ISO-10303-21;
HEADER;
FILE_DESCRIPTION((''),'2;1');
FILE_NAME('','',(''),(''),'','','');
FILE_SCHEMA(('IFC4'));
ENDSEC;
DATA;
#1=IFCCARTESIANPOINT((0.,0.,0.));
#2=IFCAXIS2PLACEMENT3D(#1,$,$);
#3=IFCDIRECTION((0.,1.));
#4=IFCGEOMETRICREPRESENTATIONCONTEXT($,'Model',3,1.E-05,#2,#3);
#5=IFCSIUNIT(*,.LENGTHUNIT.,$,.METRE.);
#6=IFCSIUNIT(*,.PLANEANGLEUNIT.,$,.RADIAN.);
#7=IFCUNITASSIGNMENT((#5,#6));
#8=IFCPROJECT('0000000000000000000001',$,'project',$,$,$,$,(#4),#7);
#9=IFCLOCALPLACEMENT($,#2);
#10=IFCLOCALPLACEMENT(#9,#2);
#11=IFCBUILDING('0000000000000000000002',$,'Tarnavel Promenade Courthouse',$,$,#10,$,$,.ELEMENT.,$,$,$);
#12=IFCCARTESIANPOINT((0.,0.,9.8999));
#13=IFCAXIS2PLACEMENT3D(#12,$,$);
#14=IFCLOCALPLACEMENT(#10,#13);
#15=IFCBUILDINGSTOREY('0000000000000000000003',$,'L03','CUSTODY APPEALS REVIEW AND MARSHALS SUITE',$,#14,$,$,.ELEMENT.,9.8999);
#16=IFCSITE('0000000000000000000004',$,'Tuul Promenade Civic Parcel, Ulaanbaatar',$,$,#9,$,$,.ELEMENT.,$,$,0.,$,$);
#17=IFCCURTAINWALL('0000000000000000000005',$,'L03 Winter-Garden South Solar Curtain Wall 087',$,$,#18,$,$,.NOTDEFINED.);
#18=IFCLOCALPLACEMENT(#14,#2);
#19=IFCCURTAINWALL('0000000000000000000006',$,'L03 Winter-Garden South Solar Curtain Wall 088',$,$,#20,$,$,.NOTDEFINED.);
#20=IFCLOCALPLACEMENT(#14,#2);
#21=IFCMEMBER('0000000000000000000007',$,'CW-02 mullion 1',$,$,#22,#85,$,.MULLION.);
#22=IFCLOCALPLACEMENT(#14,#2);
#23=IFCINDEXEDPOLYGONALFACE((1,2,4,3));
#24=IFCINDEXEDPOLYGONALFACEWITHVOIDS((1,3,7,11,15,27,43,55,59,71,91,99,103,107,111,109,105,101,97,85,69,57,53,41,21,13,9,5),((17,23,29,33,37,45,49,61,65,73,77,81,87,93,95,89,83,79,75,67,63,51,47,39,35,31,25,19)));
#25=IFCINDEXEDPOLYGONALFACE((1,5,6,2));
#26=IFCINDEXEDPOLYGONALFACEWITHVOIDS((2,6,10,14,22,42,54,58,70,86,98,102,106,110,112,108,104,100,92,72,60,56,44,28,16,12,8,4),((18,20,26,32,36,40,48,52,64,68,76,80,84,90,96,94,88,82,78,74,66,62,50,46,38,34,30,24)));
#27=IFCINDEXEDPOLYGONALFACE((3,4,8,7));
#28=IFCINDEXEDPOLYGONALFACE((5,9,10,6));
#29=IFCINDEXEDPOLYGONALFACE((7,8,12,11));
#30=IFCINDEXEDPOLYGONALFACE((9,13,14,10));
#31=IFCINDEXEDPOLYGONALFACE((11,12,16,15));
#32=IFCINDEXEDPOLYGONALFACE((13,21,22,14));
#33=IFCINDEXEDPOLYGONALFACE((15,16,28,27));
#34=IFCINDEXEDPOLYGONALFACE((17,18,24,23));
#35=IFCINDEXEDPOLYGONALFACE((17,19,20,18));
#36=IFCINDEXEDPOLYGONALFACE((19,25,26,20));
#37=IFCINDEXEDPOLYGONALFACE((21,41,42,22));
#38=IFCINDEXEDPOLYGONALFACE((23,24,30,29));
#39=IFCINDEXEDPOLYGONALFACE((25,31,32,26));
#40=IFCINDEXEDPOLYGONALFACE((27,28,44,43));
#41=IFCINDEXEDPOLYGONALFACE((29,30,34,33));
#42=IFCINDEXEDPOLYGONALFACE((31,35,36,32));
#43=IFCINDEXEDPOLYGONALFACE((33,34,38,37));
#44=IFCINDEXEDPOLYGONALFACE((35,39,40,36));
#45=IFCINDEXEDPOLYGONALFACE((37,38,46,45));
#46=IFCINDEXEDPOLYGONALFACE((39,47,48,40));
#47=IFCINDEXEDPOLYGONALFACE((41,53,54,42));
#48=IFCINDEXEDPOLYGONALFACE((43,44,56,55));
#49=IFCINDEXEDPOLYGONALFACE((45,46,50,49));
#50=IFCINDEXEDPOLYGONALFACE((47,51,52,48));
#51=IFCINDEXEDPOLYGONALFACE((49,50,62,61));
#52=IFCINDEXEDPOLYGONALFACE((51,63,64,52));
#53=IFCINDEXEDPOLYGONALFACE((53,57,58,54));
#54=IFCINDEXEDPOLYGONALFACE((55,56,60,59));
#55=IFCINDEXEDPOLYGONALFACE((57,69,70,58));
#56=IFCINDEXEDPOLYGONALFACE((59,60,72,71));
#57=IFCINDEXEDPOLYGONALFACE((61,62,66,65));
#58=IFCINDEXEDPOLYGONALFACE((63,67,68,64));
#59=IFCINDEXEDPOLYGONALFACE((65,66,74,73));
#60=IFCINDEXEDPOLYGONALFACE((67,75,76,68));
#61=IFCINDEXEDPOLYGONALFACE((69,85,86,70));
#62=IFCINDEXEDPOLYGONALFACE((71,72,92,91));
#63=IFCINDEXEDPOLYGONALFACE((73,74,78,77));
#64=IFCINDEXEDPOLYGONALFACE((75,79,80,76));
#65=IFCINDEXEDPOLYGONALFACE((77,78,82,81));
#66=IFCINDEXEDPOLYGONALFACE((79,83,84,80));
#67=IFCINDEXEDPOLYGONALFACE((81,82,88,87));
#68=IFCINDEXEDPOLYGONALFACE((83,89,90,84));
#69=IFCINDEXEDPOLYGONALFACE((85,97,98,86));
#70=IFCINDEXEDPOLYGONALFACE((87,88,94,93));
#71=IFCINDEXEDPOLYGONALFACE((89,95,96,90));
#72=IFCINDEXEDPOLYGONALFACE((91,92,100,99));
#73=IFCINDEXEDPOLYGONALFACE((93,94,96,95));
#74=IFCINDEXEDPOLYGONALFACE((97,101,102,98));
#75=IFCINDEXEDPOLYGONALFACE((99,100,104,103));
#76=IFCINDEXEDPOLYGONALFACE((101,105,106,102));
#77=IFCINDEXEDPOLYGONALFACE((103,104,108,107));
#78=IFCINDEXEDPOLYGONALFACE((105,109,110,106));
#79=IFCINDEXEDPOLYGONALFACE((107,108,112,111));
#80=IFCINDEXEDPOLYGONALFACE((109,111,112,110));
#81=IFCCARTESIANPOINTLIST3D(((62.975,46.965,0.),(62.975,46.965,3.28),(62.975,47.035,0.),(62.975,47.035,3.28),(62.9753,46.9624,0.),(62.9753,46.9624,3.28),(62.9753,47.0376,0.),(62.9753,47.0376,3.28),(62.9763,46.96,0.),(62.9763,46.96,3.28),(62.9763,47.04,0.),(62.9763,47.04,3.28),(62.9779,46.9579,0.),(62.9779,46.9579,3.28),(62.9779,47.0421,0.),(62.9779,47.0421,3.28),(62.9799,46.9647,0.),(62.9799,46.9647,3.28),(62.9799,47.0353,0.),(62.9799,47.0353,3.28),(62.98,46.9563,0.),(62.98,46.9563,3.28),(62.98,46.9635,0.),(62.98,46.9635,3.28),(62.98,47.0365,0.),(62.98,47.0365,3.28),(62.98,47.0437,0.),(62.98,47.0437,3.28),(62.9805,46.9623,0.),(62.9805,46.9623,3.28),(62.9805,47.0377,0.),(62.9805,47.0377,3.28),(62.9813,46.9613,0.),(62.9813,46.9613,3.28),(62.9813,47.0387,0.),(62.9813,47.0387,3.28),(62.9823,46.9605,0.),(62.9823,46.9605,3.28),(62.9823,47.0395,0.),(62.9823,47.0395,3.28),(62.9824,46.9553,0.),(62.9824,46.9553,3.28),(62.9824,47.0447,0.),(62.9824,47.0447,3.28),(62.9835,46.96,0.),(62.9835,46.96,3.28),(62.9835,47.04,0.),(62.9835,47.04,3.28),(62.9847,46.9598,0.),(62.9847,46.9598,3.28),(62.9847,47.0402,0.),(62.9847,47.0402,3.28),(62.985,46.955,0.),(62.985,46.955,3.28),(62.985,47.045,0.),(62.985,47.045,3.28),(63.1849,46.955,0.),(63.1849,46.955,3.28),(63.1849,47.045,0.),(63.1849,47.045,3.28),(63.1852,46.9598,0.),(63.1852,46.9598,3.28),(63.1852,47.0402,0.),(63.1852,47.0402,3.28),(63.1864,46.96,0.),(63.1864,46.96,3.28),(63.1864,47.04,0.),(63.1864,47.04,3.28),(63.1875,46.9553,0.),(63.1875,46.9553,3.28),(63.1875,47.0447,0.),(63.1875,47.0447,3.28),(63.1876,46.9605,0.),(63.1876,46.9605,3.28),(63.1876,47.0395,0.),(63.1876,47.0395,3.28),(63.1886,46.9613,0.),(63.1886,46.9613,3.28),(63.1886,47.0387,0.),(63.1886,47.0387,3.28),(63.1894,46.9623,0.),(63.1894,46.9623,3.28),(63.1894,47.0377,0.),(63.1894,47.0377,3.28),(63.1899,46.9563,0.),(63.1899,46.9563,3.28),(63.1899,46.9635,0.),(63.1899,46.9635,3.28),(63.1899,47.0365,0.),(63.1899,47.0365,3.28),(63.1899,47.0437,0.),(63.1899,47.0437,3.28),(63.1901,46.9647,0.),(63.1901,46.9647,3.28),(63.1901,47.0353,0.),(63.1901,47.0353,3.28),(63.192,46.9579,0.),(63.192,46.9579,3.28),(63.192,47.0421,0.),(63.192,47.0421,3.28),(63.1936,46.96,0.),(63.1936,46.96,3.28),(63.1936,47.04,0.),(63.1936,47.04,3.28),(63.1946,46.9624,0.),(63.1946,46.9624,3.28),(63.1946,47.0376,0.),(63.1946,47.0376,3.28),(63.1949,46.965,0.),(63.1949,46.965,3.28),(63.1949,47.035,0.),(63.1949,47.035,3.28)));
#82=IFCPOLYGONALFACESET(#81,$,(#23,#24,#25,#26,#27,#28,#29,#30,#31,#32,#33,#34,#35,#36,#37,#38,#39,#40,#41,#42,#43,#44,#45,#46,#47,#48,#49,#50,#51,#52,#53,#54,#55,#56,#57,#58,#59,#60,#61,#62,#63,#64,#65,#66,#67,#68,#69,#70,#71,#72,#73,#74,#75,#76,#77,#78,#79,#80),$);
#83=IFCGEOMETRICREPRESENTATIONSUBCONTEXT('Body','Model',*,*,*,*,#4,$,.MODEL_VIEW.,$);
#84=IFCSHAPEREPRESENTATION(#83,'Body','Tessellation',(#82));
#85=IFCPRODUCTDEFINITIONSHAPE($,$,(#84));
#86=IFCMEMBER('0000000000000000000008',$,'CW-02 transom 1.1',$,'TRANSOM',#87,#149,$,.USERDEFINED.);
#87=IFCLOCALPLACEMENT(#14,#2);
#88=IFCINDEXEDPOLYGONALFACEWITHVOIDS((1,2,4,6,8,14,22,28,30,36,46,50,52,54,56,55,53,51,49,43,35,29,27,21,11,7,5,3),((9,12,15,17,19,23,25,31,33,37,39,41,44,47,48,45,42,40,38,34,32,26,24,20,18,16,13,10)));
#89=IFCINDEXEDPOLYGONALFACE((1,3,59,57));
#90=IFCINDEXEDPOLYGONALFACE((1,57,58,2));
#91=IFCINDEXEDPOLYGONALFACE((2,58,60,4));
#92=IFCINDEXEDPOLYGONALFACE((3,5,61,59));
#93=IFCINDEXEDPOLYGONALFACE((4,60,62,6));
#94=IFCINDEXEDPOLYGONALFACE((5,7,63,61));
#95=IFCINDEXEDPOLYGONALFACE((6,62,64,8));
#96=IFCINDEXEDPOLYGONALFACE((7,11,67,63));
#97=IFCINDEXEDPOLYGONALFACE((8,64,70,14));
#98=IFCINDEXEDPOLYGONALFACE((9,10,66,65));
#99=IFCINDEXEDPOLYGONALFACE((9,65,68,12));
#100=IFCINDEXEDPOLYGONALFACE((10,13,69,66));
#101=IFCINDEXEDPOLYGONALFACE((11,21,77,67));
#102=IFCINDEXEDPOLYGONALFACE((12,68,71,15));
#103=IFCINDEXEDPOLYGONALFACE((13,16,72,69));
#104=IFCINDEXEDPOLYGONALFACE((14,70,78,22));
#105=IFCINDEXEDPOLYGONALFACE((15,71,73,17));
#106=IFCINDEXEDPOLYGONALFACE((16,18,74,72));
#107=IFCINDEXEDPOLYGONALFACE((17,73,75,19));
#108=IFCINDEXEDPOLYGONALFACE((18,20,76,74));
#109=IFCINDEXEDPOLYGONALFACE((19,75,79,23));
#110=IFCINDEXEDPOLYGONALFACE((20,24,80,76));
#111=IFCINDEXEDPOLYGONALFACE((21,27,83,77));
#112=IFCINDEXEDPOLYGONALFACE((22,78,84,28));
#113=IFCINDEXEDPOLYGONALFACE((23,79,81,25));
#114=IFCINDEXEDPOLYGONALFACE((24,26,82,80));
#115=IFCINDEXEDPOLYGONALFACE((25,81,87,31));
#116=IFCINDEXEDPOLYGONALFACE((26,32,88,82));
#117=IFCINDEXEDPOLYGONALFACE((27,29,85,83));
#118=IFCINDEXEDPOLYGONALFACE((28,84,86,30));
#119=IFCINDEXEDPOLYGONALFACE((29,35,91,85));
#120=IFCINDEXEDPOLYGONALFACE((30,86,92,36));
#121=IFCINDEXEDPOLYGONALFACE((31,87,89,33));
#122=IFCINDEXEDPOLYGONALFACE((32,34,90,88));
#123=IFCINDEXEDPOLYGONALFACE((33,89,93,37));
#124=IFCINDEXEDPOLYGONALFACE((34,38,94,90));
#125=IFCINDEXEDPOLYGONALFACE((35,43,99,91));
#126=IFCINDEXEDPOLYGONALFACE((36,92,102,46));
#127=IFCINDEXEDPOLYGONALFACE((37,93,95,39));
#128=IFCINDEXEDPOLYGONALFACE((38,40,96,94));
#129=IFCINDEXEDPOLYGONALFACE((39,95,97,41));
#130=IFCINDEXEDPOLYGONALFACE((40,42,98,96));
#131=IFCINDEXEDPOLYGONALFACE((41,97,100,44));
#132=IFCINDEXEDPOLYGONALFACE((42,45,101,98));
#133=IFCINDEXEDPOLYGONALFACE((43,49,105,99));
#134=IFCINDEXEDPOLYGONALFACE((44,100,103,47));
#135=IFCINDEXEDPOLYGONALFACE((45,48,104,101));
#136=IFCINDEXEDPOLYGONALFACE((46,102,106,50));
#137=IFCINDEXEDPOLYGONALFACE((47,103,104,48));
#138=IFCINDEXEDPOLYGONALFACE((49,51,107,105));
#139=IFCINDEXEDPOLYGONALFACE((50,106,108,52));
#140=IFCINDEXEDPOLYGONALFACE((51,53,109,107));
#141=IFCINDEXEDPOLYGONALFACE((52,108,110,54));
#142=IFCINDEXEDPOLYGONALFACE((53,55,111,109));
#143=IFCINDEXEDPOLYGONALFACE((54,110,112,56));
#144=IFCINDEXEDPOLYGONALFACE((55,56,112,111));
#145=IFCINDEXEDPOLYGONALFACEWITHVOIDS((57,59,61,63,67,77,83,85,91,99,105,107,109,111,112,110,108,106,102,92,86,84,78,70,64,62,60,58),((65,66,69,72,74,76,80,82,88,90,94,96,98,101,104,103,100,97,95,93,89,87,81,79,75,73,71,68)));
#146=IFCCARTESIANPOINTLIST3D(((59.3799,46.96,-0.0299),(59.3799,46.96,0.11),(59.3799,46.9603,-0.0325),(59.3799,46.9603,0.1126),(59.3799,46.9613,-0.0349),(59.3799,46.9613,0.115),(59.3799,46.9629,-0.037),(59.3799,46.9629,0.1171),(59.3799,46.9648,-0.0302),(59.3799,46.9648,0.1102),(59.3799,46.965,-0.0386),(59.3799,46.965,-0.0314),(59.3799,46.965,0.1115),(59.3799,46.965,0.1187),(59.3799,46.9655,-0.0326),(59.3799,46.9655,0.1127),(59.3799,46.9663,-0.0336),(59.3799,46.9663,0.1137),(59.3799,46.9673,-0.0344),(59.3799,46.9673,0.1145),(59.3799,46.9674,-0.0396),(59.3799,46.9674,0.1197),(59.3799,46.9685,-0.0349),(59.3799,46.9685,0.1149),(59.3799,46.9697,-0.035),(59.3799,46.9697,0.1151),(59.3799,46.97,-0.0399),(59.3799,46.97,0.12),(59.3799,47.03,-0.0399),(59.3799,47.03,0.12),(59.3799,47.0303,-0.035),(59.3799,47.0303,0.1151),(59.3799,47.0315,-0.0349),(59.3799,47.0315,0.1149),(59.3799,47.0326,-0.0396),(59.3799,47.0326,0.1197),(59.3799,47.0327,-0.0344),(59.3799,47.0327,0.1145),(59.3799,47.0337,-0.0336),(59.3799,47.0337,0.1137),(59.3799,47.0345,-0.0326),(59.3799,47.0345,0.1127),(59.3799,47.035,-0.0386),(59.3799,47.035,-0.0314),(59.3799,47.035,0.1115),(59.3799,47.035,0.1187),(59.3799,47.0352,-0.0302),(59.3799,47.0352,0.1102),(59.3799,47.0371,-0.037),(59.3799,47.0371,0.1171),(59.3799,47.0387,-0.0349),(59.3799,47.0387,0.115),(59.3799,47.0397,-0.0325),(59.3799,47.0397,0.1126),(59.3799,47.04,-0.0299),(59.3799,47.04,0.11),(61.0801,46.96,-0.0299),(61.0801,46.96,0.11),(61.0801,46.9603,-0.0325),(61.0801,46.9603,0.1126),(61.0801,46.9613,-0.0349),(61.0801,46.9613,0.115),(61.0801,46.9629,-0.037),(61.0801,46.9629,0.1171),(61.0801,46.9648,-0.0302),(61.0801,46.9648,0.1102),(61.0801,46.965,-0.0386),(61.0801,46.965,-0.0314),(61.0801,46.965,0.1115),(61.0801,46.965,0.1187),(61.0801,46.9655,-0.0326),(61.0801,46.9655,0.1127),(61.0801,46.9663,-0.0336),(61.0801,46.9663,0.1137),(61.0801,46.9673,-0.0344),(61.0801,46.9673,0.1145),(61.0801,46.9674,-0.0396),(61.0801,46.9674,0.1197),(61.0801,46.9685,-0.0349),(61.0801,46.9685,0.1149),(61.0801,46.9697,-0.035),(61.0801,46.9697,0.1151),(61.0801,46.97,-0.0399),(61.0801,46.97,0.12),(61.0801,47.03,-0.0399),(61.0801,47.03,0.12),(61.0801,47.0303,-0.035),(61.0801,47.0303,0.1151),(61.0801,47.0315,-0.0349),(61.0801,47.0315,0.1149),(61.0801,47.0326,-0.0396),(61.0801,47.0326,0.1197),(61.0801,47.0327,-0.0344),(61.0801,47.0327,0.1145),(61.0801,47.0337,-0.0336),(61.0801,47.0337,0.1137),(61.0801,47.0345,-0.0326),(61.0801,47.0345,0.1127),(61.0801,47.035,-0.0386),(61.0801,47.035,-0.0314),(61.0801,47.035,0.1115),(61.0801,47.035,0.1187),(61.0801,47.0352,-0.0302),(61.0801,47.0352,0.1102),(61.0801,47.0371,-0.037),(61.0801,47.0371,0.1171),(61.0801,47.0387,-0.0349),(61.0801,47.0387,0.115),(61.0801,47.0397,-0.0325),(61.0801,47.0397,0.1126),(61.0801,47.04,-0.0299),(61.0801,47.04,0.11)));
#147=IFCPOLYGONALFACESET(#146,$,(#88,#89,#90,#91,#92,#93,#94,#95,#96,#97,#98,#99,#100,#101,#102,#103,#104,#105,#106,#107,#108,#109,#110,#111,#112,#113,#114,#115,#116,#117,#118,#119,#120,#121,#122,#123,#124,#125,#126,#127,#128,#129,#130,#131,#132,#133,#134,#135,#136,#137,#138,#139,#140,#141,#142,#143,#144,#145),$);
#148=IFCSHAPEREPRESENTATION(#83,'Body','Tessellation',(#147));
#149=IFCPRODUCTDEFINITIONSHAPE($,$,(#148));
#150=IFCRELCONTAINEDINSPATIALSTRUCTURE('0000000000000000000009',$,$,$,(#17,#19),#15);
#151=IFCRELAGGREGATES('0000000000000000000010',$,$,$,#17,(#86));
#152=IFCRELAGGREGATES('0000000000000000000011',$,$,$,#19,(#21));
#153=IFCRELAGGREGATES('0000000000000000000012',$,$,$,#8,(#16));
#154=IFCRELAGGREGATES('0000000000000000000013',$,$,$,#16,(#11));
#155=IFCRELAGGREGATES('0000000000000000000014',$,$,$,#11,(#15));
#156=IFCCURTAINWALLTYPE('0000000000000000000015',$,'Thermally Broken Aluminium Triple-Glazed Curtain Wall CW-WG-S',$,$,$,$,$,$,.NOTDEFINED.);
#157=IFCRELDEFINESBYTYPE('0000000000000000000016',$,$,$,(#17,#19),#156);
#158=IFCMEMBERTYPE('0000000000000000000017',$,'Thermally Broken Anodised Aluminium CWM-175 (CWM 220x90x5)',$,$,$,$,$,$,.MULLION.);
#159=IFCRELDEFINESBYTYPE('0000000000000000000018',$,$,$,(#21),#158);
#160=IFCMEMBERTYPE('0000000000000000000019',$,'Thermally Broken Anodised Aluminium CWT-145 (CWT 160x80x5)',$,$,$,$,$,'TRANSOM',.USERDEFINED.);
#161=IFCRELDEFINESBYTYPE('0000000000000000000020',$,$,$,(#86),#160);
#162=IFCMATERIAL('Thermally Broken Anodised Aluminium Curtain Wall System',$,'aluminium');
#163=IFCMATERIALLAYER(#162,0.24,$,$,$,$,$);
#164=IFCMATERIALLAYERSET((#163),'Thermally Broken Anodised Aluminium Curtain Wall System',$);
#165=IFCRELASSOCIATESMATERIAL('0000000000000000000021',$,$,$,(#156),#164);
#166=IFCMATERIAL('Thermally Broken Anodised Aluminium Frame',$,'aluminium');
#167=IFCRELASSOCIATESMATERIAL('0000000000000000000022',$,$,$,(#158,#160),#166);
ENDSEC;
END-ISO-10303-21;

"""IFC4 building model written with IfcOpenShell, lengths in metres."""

from ifc_helpers import new_model, si_unit, direction, frame, origin, origin_2d, place, context, subcontext, project, spatial, hollow_rectangle, extrude, material, layer, layer_set, material_profile, profile_set, type_object, element, aggregate, save


model = new_model("IFC4")

# Units and contexts
model_context = context("Model", 3, precision=1e-05, world=origin(), true_north=direction((0.0, 1.0)))
body_context = subcontext(model_context, "Body", "Model", "MODEL_VIEW")
ifc_project = project(units=[si_unit("LENGTHUNIT", "METRE"), si_unit("PLANEANGLEUNIT", "RADIAN")], contexts=[model_context])

# Site, building, storey
site_placement = place(None, origin())
site = spatial("IfcSite", under=ifc_project, at=site_placement, Name="Tuul Promenade Civic Parcel, Ulaanbaatar", CompositionType="ELEMENT", RefElevation=0.0)
building_placement = place(site_placement, origin())
building = spatial("IfcBuilding", under=site, at=building_placement, Name="Tarnavel Promenade Courthouse", CompositionType="ELEMENT")
storey_placement = place(building_placement, frame((0.0, 0.0, 9.8999)))
storey = spatial("IfcBuildingStorey", under=building, at=storey_placement, Name="L03", Description="CUSTODY APPEALS REVIEW AND MARSHALS SUITE", CompositionType="ELEMENT", Elevation=9.8999)

# Shared definitions
ifc_material_1 = material(Name="Thermally Broken Anodised Aluminium Curtain Wall System", Category="aluminium")
ifc_layer_1 = layer(ifc_material_1, 0.24)
ifc_layer_set_1 = layer_set([ifc_layer_1], Name="Thermally Broken Anodised Aluminium Curtain Wall System")
curtain_wall_type = type_object("IfcCurtainWallType", Name="Thermally Broken Aluminium Triple-Glazed Curtain Wall CW-WG-S", PredefinedType="NOTDEFINED", material=ifc_layer_set_1)
ifc_material_2 = material(Name="Thermally Broken Anodised Aluminium Frame", Category="aluminium")
ifc_material_profile_1 = material_profile(ifc_material_2, hollow_rectangle(XDim=0.0901, YDim=0.22, WallThickness=0.0049, InnerFilletRadius=0.0049, OuterFilletRadius=0.01, at=origin_2d()), Name="CWM 220x90x5")
ifc_profile_set_1 = profile_set([ifc_material_profile_1], Name="Thermally Broken Anodised Aluminium Frame")
member_type_1 = type_object("IfcMemberType", Name="Thermally Broken Anodised Aluminium CWM-175 (CWM 220x90x5)", PredefinedType="MULLION", material=ifc_profile_set_1)

# Curtain wall
curtain_wall_1_placement = place(storey_placement, origin())
curtain_wall_1 = element("IfcCurtainWall", 1, at=curtain_wall_1_placement, inside=storey, type_object=curtain_wall_type, Name="L03 Winter-Garden South Solar Curtain Wall 087", PredefinedType="NOTDEFINED")

# Curtain wall, member
curtain_wall_2_placement = place(storey_placement, origin())
curtain_wall_2 = element("IfcCurtainWall", 2, at=curtain_wall_2_placement, inside=storey, type_object=curtain_wall_type, Name="L03 Winter-Garden South Solar Curtain Wall 088", PredefinedType="NOTDEFINED")
member_1_placement = place(storey_placement, frame((63.085, 47.0, 0.0), z_axis=(0.0, 0.0, 1.0), x_axis=(0.0, 1.0, 0.0)))
member_1 = element("IfcMember", 3, at=member_1_placement, type_object=member_type_1, Name="CW-02 mullion 1", PredefinedType="MULLION", context=body_context, shape_type="SweptSolid", body=[
    extrude(hollow_rectangle(XDim=0.0901, YDim=0.22, WallThickness=0.0049, InnerFilletRadius=0.0049, OuterFilletRadius=0.01, at=origin_2d()), origin(), (0.0, 0.0, 1.0), 3.28),
])

# Member
ifc_material_profile_2 = material_profile(ifc_material_2, hollow_rectangle(XDim=0.0801, YDim=0.1599, WallThickness=0.0049, InnerFilletRadius=0.0049, OuterFilletRadius=0.01, at=origin_2d()), Name="CWT 160x80x5")
ifc_profile_set_2 = profile_set([ifc_material_profile_2], Name="Thermally Broken Anodised Aluminium Frame")
member_type_2 = type_object("IfcMemberType", Name="Thermally Broken Anodised Aluminium CWT-145 (CWT 160x80x5)", ElementType="TRANSOM", PredefinedType="USERDEFINED", material=ifc_profile_set_2)
member_2_placement = place(storey_placement, frame((59.3799, 47.0, 0.04), z_axis=(1.0, 0.0, 0.0), x_axis=(0.0, 1.0, 0.0)))
member_2 = element("IfcMember", 4, at=member_2_placement, type_object=member_type_2, Name="CW-02 transom 1.1", ObjectType="TRANSOM", PredefinedType="USERDEFINED", context=body_context, shape_type="SweptSolid", body=[
    extrude(hollow_rectangle(XDim=0.0801, YDim=0.1599, WallThickness=0.0049, InnerFilletRadius=0.0049, OuterFilletRadius=0.01, at=origin_2d()), origin(), (0.0, 0.0, 1.0), 1.7002),
])

aggregate(curtain_wall_1, [member_2])
aggregate(curtain_wall_2, [member_1])

save(model, "model.ifc")
